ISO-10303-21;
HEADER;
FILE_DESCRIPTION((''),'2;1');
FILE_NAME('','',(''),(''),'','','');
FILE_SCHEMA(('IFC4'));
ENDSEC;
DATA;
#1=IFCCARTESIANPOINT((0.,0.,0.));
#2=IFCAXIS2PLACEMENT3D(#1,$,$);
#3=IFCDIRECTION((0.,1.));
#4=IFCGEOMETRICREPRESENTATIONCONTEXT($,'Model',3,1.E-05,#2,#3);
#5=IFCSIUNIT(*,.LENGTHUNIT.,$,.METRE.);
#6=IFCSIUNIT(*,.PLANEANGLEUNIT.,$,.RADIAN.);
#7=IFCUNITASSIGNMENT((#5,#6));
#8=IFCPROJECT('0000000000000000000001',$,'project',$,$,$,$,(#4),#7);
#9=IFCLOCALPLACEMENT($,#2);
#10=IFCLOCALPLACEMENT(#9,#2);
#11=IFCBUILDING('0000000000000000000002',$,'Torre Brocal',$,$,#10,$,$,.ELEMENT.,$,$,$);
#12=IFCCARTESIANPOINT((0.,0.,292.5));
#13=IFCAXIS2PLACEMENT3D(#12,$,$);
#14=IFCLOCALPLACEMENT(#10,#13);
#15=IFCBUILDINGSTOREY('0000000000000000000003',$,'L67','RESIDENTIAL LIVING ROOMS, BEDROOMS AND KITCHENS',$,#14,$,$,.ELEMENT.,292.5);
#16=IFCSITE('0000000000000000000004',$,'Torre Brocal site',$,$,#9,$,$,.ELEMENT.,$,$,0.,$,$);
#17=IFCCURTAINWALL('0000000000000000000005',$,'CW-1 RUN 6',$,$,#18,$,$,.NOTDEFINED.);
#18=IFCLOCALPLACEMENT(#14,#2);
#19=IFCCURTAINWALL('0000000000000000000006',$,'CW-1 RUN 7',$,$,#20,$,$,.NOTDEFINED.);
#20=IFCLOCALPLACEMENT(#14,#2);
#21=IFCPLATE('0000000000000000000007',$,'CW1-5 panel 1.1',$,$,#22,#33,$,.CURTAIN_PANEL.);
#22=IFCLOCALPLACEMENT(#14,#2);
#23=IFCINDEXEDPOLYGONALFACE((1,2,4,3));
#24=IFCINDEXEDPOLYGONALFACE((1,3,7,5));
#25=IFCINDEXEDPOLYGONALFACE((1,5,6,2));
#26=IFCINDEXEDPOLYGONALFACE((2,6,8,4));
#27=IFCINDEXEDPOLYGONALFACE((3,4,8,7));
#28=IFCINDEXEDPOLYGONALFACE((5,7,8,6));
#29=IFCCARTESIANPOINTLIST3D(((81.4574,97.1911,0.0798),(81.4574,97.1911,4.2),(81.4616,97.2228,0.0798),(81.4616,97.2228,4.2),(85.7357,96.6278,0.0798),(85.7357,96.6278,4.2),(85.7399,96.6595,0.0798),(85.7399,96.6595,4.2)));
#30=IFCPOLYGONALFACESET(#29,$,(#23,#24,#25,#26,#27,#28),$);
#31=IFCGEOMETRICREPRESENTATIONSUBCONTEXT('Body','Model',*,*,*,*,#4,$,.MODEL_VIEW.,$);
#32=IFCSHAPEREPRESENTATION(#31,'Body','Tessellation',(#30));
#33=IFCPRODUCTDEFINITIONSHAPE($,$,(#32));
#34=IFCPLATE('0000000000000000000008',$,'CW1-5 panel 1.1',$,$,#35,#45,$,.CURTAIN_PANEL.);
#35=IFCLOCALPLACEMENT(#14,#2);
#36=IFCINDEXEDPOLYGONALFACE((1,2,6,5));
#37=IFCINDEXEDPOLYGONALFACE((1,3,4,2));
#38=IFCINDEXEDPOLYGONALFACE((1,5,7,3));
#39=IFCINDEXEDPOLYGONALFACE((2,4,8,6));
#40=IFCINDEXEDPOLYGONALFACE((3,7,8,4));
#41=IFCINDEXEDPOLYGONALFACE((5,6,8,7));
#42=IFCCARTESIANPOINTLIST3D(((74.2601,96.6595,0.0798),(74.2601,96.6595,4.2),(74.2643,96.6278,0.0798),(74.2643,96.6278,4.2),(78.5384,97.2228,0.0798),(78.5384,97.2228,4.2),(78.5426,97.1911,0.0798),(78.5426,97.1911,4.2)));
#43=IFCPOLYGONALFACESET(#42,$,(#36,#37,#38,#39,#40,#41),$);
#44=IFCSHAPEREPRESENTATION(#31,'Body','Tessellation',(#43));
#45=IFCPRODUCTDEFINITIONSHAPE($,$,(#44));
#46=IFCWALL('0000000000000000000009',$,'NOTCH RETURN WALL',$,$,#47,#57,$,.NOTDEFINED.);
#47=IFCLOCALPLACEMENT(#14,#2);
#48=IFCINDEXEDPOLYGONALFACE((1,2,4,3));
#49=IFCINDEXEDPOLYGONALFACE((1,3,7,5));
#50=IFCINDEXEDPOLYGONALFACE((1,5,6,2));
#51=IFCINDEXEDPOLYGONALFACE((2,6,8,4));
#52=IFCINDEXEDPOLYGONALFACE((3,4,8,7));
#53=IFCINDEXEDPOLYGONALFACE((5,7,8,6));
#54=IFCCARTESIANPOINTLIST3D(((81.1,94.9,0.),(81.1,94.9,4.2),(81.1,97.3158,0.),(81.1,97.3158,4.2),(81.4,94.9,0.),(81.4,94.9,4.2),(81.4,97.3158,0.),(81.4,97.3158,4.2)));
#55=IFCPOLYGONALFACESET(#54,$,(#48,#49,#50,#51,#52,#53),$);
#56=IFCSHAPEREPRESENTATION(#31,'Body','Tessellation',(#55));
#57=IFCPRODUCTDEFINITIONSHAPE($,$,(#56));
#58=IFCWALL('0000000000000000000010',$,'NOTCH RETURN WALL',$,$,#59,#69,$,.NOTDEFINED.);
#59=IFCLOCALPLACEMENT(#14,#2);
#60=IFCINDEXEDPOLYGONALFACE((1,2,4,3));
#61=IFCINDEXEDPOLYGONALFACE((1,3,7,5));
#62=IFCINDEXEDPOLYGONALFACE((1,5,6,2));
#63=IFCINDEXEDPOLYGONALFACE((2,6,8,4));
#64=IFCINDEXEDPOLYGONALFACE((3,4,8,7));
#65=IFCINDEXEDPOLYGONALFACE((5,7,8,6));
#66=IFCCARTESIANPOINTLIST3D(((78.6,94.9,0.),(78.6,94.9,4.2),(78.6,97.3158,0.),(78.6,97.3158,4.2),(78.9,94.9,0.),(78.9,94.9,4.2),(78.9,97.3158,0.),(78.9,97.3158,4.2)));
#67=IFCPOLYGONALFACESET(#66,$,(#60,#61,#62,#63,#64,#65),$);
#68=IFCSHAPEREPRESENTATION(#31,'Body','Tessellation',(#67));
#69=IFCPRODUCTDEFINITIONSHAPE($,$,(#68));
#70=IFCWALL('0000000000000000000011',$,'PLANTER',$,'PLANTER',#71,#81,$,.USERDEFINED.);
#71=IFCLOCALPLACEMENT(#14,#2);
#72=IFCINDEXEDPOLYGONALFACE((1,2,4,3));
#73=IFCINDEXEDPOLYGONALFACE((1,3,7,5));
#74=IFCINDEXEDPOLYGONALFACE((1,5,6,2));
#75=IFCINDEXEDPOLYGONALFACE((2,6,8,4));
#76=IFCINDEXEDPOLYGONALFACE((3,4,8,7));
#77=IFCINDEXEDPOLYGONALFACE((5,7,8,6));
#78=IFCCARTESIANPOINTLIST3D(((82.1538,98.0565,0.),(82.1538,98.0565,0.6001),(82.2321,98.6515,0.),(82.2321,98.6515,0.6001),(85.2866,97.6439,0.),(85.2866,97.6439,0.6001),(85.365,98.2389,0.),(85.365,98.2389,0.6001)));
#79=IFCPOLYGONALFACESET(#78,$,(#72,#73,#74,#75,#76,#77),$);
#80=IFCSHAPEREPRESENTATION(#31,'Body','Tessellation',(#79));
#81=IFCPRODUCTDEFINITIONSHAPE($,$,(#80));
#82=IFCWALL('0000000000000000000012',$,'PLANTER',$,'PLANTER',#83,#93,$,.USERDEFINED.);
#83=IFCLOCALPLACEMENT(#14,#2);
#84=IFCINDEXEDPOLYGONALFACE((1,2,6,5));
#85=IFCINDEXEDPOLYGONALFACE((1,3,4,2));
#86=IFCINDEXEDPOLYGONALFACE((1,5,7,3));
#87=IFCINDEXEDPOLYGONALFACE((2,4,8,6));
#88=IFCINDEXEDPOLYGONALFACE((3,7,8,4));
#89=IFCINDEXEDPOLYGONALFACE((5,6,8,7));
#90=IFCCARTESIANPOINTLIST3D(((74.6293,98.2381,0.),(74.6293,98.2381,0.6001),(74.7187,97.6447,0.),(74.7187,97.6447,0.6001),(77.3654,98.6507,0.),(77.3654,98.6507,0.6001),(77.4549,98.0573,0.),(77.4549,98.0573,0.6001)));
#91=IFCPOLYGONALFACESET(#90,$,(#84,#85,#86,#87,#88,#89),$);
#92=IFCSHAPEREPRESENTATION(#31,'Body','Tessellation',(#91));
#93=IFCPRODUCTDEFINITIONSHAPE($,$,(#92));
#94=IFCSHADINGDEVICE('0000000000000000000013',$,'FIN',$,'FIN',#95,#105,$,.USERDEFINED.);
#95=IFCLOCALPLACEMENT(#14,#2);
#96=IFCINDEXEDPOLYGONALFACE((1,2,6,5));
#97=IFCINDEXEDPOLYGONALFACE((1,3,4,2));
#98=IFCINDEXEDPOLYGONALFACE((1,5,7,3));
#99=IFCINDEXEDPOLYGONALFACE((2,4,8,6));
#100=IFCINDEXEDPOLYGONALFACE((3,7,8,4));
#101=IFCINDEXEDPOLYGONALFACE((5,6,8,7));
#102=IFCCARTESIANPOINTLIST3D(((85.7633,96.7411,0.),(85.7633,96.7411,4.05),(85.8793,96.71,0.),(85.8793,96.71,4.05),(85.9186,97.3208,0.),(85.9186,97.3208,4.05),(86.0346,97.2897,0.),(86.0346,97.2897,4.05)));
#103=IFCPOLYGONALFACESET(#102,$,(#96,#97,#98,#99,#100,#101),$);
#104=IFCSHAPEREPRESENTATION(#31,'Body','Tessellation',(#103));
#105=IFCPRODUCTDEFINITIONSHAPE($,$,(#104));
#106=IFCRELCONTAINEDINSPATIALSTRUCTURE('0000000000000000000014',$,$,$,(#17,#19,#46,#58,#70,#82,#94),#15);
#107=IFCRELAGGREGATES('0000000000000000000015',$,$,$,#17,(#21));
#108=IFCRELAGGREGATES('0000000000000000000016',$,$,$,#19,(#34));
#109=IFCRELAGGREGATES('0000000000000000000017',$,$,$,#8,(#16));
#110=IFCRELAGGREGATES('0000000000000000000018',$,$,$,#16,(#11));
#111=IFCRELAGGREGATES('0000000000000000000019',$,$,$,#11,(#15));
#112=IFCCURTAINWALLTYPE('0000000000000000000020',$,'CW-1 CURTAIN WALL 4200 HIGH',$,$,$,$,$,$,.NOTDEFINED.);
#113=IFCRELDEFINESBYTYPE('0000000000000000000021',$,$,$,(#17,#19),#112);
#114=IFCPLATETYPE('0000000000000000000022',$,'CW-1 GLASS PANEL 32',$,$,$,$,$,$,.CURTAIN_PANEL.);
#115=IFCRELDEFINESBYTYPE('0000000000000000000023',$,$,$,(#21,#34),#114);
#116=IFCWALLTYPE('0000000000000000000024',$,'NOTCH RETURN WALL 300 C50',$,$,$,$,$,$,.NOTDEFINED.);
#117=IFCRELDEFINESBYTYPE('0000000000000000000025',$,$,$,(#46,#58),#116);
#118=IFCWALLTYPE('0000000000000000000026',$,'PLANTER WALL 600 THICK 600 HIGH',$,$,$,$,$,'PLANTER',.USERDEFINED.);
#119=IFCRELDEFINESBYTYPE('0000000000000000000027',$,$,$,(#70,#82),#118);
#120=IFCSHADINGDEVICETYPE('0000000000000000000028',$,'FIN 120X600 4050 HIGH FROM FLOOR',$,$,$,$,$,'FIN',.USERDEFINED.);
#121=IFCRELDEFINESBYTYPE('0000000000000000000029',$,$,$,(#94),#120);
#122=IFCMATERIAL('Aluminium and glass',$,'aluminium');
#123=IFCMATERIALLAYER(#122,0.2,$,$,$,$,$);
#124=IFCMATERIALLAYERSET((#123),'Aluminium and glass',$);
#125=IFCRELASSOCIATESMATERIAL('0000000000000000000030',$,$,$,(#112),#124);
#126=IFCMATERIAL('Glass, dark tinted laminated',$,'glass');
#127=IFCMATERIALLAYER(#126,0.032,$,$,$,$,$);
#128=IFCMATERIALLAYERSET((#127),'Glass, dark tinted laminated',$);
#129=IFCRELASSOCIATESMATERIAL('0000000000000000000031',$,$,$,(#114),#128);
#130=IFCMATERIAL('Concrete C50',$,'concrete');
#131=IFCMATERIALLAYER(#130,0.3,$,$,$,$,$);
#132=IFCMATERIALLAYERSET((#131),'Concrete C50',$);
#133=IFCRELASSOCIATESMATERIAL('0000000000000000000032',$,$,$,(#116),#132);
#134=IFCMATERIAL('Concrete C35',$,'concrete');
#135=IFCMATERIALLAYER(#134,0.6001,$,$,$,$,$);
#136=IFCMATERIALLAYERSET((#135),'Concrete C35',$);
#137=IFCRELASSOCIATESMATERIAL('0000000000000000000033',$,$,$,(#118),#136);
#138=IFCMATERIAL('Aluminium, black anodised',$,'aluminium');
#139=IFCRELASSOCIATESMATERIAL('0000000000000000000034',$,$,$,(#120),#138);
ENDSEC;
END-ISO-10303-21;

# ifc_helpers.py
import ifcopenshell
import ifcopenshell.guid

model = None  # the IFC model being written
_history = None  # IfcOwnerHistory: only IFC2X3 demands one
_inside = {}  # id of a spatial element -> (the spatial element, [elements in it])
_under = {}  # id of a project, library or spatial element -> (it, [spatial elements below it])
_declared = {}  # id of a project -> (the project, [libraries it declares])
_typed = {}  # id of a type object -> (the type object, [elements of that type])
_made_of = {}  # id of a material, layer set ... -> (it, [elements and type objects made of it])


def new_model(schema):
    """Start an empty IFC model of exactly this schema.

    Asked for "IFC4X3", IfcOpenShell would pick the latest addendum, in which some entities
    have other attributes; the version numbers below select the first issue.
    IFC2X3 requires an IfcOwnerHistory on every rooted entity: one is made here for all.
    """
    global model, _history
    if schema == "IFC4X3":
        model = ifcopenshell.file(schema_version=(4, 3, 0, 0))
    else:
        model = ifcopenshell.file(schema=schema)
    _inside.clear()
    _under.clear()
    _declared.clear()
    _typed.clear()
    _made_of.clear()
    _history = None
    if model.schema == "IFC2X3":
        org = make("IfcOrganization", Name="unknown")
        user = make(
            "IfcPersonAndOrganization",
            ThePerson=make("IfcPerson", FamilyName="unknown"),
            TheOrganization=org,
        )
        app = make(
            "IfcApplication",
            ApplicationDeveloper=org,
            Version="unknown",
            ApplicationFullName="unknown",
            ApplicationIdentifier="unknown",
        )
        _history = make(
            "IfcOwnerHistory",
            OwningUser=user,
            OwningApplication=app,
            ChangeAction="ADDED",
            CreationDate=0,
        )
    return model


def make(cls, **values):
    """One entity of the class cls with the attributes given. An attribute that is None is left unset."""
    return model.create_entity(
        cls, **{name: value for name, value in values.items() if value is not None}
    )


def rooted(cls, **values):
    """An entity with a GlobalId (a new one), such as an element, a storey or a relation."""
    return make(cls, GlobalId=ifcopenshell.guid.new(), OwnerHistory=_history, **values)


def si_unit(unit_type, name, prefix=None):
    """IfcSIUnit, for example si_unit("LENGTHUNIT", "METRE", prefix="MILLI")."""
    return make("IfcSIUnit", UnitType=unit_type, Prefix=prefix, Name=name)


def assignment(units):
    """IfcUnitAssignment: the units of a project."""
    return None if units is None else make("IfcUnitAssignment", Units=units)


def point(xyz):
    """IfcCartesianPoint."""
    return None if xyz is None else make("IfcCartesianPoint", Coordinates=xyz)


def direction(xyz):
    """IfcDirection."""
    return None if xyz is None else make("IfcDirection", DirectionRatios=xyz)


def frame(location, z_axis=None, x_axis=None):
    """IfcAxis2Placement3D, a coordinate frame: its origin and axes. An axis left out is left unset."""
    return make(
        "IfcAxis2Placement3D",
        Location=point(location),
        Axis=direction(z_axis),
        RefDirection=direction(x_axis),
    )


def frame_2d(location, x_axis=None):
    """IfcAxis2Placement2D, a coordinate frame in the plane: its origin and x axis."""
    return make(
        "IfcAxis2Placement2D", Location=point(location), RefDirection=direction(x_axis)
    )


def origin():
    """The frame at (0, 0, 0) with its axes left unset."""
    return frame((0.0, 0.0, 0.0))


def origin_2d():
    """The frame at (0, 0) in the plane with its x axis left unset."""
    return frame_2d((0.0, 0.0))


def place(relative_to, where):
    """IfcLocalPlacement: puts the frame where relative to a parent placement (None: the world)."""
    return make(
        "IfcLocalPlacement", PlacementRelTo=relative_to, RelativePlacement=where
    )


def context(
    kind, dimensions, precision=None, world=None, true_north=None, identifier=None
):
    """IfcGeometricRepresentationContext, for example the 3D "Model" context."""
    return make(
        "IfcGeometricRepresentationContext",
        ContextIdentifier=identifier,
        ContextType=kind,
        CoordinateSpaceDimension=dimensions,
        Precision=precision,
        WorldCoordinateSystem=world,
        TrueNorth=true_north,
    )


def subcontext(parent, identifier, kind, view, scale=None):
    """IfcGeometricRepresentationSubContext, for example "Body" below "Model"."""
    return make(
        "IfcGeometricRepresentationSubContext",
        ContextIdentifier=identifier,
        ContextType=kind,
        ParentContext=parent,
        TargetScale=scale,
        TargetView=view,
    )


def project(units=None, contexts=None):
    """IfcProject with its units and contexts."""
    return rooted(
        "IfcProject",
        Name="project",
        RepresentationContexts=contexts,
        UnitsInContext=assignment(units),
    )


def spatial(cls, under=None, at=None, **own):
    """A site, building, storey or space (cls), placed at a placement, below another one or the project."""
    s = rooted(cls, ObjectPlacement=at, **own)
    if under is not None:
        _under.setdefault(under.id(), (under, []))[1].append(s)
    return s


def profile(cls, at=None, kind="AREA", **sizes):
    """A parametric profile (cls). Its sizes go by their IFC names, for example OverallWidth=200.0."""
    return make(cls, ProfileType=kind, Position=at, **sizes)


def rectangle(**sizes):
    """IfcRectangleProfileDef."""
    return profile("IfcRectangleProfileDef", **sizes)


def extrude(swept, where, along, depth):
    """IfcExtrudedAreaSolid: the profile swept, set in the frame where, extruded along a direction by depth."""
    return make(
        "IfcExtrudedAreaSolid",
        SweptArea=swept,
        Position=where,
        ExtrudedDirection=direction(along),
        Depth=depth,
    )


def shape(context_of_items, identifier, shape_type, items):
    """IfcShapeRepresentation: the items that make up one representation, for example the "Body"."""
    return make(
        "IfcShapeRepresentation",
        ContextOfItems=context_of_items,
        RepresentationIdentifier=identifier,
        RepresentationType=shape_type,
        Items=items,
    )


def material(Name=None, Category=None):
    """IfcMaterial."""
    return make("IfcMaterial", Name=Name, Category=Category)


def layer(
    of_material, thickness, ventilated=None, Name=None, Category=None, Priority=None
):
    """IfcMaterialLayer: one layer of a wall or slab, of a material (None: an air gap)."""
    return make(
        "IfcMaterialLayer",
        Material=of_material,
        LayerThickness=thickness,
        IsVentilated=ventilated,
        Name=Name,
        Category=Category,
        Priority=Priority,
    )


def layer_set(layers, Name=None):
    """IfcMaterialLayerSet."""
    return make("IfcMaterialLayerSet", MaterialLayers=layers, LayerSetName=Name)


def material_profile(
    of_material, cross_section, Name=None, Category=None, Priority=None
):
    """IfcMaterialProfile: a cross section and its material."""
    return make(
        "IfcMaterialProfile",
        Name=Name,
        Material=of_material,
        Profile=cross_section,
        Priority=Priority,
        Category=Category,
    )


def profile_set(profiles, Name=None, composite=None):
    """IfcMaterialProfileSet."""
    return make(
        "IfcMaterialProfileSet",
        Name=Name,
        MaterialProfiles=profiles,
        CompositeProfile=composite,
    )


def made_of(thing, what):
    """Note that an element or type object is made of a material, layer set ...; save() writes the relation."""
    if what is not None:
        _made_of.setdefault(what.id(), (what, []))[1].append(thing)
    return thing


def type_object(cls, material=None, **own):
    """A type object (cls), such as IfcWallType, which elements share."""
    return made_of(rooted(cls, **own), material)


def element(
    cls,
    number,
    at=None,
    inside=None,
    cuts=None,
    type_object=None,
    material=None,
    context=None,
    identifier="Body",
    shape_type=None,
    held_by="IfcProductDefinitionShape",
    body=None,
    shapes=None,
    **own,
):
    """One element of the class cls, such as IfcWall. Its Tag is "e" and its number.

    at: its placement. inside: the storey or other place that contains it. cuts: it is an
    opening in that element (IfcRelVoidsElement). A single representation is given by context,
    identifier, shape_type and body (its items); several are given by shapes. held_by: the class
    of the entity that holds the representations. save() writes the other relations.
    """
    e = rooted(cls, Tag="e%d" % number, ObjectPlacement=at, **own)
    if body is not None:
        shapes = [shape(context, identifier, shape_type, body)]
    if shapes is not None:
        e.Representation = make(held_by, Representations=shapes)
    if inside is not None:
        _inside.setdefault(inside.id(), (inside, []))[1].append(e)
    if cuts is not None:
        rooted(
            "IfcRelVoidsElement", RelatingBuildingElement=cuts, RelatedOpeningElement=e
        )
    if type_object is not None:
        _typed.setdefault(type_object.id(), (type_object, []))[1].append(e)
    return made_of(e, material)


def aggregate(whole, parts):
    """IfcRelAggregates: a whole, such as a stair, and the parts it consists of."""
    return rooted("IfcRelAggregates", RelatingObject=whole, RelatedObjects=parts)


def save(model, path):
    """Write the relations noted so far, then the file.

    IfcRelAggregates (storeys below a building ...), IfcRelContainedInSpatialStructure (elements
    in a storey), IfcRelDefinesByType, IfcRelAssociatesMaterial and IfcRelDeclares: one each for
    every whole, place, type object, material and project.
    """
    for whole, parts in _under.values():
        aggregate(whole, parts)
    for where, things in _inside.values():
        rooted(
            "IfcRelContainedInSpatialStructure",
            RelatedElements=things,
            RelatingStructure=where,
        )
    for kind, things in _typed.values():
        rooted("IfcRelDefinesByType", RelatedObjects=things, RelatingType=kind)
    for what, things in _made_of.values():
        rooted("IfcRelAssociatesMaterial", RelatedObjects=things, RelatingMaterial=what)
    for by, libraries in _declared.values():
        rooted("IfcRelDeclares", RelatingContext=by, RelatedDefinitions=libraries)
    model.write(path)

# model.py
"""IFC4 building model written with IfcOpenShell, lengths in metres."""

from ifc_helpers import new_model, si_unit, direction, frame, frame_2d, origin, origin_2d, place, context, subcontext, project, spatial, rectangle, extrude, material, layer, layer_set, material_profile, profile_set, type_object, element, aggregate, save


model = new_model("IFC4")

# Units and contexts
model_context = context("Model", 3, precision=1e-05, world=origin(), true_north=direction((0.0, 1.0)))
body_context = subcontext(model_context, "Body", "Model", "MODEL_VIEW")
ifc_project = project(units=[si_unit("LENGTHUNIT", "METRE"), si_unit("PLANEANGLEUNIT", "RADIAN")], contexts=[model_context])

# Site, building, storey
site_placement = place(None, origin())
site = spatial("IfcSite", under=ifc_project, at=site_placement, Name="Torre Brocal site", CompositionType="ELEMENT", RefElevation=0.0)
building_placement = place(site_placement, origin())
building = spatial("IfcBuilding", under=site, at=building_placement, Name="Torre Brocal", CompositionType="ELEMENT")
storey_placement = place(building_placement, frame((0.0, 0.0, 292.5)))
storey = spatial("IfcBuildingStorey", under=building, at=storey_placement, Name="L67", Description="RESIDENTIAL LIVING ROOMS, BEDROOMS AND KITCHENS", CompositionType="ELEMENT", Elevation=292.5)

# Curtain wall
ifc_material_1 = material(Name="Aluminium and glass", Category="aluminium")
ifc_layer_1 = layer(ifc_material_1, 0.2)
ifc_layer_set_1 = layer_set([ifc_layer_1], Name="Aluminium and glass")
curtain_wall_type = type_object("IfcCurtainWallType", Name="CW-1 CURTAIN WALL 4200 HIGH", PredefinedType="NOTDEFINED", material=ifc_layer_set_1)
curtain_wall_1_placement = place(storey_placement, origin())
curtain_wall_1 = element("IfcCurtainWall", 1, at=curtain_wall_1_placement, inside=storey, type_object=curtain_wall_type, Name="CW-1 RUN 6", PredefinedType="NOTDEFINED")

# Curtain wall
curtain_wall_2_placement = place(storey_placement, origin())
curtain_wall_2 = element("IfcCurtainWall", 2, at=curtain_wall_2_placement, inside=storey, type_object=curtain_wall_type, Name="CW-1 RUN 7", PredefinedType="NOTDEFINED")

# Plates
ifc_material_2 = material(Name="Glass, dark tinted laminated", Category="glass")
ifc_layer_2 = layer(ifc_material_2, 0.032)
ifc_layer_set_2 = layer_set([ifc_layer_2], Name="Glass, dark tinted laminated")
plate_type = type_object("IfcPlateType", Name="CW-1 GLASS PANEL 32", PredefinedType="CURTAIN_PANEL", material=ifc_layer_set_2)
plate_1_placement = place(storey_placement, frame((83.5986, 96.9253, 0.0798), z_axis=(0.0, 0.0, 1.0), x_axis=(-0.991445, 0.130526, 0.0)))
plate_1 = element("IfcPlate", 3, at=plate_1_placement, type_object=plate_type, Name="CW1-5 panel 1.1", PredefinedType="CURTAIN_PANEL", context=body_context, shape_type="SweptSolid", body=[
    extrude(rectangle(XDim=4.3152, YDim=0.032, at=origin_2d()), origin(), (0.0, 0.0, 1.0), 4.1201),
])
aggregate(curtain_wall_1, [plate_1])
plate_2_placement = place(storey_placement, frame((76.4014, 96.9253, 0.0798), z_axis=(0.0, 0.0, 1.0), x_axis=(-0.991445, -0.130526, 0.0)))
plate_2 = element("IfcPlate", 4, at=plate_2_placement, type_object=plate_type, Name="CW1-5 panel 1.1", PredefinedType="CURTAIN_PANEL", context=body_context, shape_type="SweptSolid", body=[
    extrude(rectangle(XDim=4.3152, YDim=0.032, at=origin_2d()), origin(), (0.0, 0.0, 1.0), 4.1201),
])
aggregate(curtain_wall_2, [plate_2])

# Walls
ifc_material_3 = material(Name="Concrete C50", Category="concrete")
ifc_layer_3 = layer(ifc_material_3, 0.3)
ifc_layer_set_3 = layer_set([ifc_layer_3], Name="Concrete C50")
wall_type_1 = type_object("IfcWallType", Name="NOTCH RETURN WALL 300 C50", PredefinedType="NOTDEFINED", material=ifc_layer_set_3)
for number, where, z_axis, x_axis, name in (
    (5, (81.25, 94.8999, 0.0), (0.0, 0.0, 1.0), (0.0, 1.0, 0.0), "NOTCH RETURN WALL"),
    (6, (78.75, 94.8999, 0.0), (0.0, 0.0, 1.0), (0.0, 1.0, 0.0), "NOTCH RETURN WALL"),
):
    element("IfcWall", number, at=place(storey_placement, frame(where, z_axis=z_axis, x_axis=x_axis)), inside=storey, type_object=wall_type_1, Name=name, PredefinedType="NOTDEFINED", context=body_context, shape_type="SweptSolid", body=[
        extrude(rectangle(XDim=2.4158, YDim=0.3, at=frame_2d((1.208, 0.0))), origin(), (0.0, 0.0, 1.0), 4.2),
    ])
ifc_material_4 = material(Name="Concrete C35", Category="concrete")
ifc_layer_4 = layer(ifc_material_4, 0.6001)
ifc_layer_set_4 = layer_set([ifc_layer_4], Name="Concrete C35")
wall_type_2 = type_object("IfcWallType", Name="PLANTER WALL 600 THICK 600 HIGH", ElementType="PLANTER", PredefinedType="USERDEFINED", material=ifc_layer_set_4)
wall_1_placement = place(storey_placement, frame((85.3259, 97.9414, 0.0), z_axis=(0.0, 0.0, 1.0), x_axis=(-0.991439, 0.130574, 0.0)))
element("IfcWall", 7, at=wall_1_placement, inside=storey, type_object=wall_type_2, Name="PLANTER", ObjectType="PLANTER", PredefinedType="USERDEFINED", context=body_context, shape_type="SweptSolid", body=[
    extrude(rectangle(XDim=3.1599, YDim=0.6001, at=frame_2d((1.5801, 0.0))), origin(), (0.0, 0.0, 1.0), 0.6001),
])
wall_2_placement = place(storey_placement, frame((77.4102, 98.354, 0.0), z_axis=(0.0, 0.0, 1.0), x_axis=(-0.98882, -0.149113, 0.0)))
element("IfcWall", 8, at=wall_2_placement, inside=storey, type_object=wall_type_2, Name="PLANTER", ObjectType="PLANTER", PredefinedType="USERDEFINED", context=body_context, shape_type="SweptSolid", body=[
    extrude(rectangle(XDim=2.7671, YDim=0.6001, at=frame_2d((1.3835, 0.0))), origin(), (0.0, 0.0, 1.0), 0.6001),
])

# Shading device
ifc_material_5 = material(Name="Aluminium, black anodised", Category="aluminium")
ifc_material_profile_1 = material_profile(ifc_material_5, rectangle(XDim=0.1201, YDim=0.6001, at=origin_2d()), Name="FIN 120X600 4050 HIGH FROM FLOOR")
ifc_profile_set_1 = profile_set([ifc_material_profile_1], Name="Aluminium, black anodised")
shading_device_type = type_object("IfcShadingDeviceType", Name="FIN 120X600 4050 HIGH FROM FLOOR", ElementType="FIN", PredefinedType="USERDEFINED", material=ifc_profile_set_1)
shading_device_placement = place(storey_placement, frame((85.8989, 97.0154, 0.0), z_axis=(0.0, 0.0, 1.0), x_axis=(-0.965926, 0.258819, 0.0)))
element("IfcShadingDevice", 9, at=shading_device_placement, inside=storey, type_object=shading_device_type, Name="FIN", ObjectType="FIN", PredefinedType="USERDEFINED", context=body_context, shape_type="SweptSolid", body=[
    extrude(rectangle(XDim=0.1201, YDim=0.6001, at=origin_2d()), origin(), (0.0, 0.0, 1.0), 4.05),
])

save(model, "model.ifc")
